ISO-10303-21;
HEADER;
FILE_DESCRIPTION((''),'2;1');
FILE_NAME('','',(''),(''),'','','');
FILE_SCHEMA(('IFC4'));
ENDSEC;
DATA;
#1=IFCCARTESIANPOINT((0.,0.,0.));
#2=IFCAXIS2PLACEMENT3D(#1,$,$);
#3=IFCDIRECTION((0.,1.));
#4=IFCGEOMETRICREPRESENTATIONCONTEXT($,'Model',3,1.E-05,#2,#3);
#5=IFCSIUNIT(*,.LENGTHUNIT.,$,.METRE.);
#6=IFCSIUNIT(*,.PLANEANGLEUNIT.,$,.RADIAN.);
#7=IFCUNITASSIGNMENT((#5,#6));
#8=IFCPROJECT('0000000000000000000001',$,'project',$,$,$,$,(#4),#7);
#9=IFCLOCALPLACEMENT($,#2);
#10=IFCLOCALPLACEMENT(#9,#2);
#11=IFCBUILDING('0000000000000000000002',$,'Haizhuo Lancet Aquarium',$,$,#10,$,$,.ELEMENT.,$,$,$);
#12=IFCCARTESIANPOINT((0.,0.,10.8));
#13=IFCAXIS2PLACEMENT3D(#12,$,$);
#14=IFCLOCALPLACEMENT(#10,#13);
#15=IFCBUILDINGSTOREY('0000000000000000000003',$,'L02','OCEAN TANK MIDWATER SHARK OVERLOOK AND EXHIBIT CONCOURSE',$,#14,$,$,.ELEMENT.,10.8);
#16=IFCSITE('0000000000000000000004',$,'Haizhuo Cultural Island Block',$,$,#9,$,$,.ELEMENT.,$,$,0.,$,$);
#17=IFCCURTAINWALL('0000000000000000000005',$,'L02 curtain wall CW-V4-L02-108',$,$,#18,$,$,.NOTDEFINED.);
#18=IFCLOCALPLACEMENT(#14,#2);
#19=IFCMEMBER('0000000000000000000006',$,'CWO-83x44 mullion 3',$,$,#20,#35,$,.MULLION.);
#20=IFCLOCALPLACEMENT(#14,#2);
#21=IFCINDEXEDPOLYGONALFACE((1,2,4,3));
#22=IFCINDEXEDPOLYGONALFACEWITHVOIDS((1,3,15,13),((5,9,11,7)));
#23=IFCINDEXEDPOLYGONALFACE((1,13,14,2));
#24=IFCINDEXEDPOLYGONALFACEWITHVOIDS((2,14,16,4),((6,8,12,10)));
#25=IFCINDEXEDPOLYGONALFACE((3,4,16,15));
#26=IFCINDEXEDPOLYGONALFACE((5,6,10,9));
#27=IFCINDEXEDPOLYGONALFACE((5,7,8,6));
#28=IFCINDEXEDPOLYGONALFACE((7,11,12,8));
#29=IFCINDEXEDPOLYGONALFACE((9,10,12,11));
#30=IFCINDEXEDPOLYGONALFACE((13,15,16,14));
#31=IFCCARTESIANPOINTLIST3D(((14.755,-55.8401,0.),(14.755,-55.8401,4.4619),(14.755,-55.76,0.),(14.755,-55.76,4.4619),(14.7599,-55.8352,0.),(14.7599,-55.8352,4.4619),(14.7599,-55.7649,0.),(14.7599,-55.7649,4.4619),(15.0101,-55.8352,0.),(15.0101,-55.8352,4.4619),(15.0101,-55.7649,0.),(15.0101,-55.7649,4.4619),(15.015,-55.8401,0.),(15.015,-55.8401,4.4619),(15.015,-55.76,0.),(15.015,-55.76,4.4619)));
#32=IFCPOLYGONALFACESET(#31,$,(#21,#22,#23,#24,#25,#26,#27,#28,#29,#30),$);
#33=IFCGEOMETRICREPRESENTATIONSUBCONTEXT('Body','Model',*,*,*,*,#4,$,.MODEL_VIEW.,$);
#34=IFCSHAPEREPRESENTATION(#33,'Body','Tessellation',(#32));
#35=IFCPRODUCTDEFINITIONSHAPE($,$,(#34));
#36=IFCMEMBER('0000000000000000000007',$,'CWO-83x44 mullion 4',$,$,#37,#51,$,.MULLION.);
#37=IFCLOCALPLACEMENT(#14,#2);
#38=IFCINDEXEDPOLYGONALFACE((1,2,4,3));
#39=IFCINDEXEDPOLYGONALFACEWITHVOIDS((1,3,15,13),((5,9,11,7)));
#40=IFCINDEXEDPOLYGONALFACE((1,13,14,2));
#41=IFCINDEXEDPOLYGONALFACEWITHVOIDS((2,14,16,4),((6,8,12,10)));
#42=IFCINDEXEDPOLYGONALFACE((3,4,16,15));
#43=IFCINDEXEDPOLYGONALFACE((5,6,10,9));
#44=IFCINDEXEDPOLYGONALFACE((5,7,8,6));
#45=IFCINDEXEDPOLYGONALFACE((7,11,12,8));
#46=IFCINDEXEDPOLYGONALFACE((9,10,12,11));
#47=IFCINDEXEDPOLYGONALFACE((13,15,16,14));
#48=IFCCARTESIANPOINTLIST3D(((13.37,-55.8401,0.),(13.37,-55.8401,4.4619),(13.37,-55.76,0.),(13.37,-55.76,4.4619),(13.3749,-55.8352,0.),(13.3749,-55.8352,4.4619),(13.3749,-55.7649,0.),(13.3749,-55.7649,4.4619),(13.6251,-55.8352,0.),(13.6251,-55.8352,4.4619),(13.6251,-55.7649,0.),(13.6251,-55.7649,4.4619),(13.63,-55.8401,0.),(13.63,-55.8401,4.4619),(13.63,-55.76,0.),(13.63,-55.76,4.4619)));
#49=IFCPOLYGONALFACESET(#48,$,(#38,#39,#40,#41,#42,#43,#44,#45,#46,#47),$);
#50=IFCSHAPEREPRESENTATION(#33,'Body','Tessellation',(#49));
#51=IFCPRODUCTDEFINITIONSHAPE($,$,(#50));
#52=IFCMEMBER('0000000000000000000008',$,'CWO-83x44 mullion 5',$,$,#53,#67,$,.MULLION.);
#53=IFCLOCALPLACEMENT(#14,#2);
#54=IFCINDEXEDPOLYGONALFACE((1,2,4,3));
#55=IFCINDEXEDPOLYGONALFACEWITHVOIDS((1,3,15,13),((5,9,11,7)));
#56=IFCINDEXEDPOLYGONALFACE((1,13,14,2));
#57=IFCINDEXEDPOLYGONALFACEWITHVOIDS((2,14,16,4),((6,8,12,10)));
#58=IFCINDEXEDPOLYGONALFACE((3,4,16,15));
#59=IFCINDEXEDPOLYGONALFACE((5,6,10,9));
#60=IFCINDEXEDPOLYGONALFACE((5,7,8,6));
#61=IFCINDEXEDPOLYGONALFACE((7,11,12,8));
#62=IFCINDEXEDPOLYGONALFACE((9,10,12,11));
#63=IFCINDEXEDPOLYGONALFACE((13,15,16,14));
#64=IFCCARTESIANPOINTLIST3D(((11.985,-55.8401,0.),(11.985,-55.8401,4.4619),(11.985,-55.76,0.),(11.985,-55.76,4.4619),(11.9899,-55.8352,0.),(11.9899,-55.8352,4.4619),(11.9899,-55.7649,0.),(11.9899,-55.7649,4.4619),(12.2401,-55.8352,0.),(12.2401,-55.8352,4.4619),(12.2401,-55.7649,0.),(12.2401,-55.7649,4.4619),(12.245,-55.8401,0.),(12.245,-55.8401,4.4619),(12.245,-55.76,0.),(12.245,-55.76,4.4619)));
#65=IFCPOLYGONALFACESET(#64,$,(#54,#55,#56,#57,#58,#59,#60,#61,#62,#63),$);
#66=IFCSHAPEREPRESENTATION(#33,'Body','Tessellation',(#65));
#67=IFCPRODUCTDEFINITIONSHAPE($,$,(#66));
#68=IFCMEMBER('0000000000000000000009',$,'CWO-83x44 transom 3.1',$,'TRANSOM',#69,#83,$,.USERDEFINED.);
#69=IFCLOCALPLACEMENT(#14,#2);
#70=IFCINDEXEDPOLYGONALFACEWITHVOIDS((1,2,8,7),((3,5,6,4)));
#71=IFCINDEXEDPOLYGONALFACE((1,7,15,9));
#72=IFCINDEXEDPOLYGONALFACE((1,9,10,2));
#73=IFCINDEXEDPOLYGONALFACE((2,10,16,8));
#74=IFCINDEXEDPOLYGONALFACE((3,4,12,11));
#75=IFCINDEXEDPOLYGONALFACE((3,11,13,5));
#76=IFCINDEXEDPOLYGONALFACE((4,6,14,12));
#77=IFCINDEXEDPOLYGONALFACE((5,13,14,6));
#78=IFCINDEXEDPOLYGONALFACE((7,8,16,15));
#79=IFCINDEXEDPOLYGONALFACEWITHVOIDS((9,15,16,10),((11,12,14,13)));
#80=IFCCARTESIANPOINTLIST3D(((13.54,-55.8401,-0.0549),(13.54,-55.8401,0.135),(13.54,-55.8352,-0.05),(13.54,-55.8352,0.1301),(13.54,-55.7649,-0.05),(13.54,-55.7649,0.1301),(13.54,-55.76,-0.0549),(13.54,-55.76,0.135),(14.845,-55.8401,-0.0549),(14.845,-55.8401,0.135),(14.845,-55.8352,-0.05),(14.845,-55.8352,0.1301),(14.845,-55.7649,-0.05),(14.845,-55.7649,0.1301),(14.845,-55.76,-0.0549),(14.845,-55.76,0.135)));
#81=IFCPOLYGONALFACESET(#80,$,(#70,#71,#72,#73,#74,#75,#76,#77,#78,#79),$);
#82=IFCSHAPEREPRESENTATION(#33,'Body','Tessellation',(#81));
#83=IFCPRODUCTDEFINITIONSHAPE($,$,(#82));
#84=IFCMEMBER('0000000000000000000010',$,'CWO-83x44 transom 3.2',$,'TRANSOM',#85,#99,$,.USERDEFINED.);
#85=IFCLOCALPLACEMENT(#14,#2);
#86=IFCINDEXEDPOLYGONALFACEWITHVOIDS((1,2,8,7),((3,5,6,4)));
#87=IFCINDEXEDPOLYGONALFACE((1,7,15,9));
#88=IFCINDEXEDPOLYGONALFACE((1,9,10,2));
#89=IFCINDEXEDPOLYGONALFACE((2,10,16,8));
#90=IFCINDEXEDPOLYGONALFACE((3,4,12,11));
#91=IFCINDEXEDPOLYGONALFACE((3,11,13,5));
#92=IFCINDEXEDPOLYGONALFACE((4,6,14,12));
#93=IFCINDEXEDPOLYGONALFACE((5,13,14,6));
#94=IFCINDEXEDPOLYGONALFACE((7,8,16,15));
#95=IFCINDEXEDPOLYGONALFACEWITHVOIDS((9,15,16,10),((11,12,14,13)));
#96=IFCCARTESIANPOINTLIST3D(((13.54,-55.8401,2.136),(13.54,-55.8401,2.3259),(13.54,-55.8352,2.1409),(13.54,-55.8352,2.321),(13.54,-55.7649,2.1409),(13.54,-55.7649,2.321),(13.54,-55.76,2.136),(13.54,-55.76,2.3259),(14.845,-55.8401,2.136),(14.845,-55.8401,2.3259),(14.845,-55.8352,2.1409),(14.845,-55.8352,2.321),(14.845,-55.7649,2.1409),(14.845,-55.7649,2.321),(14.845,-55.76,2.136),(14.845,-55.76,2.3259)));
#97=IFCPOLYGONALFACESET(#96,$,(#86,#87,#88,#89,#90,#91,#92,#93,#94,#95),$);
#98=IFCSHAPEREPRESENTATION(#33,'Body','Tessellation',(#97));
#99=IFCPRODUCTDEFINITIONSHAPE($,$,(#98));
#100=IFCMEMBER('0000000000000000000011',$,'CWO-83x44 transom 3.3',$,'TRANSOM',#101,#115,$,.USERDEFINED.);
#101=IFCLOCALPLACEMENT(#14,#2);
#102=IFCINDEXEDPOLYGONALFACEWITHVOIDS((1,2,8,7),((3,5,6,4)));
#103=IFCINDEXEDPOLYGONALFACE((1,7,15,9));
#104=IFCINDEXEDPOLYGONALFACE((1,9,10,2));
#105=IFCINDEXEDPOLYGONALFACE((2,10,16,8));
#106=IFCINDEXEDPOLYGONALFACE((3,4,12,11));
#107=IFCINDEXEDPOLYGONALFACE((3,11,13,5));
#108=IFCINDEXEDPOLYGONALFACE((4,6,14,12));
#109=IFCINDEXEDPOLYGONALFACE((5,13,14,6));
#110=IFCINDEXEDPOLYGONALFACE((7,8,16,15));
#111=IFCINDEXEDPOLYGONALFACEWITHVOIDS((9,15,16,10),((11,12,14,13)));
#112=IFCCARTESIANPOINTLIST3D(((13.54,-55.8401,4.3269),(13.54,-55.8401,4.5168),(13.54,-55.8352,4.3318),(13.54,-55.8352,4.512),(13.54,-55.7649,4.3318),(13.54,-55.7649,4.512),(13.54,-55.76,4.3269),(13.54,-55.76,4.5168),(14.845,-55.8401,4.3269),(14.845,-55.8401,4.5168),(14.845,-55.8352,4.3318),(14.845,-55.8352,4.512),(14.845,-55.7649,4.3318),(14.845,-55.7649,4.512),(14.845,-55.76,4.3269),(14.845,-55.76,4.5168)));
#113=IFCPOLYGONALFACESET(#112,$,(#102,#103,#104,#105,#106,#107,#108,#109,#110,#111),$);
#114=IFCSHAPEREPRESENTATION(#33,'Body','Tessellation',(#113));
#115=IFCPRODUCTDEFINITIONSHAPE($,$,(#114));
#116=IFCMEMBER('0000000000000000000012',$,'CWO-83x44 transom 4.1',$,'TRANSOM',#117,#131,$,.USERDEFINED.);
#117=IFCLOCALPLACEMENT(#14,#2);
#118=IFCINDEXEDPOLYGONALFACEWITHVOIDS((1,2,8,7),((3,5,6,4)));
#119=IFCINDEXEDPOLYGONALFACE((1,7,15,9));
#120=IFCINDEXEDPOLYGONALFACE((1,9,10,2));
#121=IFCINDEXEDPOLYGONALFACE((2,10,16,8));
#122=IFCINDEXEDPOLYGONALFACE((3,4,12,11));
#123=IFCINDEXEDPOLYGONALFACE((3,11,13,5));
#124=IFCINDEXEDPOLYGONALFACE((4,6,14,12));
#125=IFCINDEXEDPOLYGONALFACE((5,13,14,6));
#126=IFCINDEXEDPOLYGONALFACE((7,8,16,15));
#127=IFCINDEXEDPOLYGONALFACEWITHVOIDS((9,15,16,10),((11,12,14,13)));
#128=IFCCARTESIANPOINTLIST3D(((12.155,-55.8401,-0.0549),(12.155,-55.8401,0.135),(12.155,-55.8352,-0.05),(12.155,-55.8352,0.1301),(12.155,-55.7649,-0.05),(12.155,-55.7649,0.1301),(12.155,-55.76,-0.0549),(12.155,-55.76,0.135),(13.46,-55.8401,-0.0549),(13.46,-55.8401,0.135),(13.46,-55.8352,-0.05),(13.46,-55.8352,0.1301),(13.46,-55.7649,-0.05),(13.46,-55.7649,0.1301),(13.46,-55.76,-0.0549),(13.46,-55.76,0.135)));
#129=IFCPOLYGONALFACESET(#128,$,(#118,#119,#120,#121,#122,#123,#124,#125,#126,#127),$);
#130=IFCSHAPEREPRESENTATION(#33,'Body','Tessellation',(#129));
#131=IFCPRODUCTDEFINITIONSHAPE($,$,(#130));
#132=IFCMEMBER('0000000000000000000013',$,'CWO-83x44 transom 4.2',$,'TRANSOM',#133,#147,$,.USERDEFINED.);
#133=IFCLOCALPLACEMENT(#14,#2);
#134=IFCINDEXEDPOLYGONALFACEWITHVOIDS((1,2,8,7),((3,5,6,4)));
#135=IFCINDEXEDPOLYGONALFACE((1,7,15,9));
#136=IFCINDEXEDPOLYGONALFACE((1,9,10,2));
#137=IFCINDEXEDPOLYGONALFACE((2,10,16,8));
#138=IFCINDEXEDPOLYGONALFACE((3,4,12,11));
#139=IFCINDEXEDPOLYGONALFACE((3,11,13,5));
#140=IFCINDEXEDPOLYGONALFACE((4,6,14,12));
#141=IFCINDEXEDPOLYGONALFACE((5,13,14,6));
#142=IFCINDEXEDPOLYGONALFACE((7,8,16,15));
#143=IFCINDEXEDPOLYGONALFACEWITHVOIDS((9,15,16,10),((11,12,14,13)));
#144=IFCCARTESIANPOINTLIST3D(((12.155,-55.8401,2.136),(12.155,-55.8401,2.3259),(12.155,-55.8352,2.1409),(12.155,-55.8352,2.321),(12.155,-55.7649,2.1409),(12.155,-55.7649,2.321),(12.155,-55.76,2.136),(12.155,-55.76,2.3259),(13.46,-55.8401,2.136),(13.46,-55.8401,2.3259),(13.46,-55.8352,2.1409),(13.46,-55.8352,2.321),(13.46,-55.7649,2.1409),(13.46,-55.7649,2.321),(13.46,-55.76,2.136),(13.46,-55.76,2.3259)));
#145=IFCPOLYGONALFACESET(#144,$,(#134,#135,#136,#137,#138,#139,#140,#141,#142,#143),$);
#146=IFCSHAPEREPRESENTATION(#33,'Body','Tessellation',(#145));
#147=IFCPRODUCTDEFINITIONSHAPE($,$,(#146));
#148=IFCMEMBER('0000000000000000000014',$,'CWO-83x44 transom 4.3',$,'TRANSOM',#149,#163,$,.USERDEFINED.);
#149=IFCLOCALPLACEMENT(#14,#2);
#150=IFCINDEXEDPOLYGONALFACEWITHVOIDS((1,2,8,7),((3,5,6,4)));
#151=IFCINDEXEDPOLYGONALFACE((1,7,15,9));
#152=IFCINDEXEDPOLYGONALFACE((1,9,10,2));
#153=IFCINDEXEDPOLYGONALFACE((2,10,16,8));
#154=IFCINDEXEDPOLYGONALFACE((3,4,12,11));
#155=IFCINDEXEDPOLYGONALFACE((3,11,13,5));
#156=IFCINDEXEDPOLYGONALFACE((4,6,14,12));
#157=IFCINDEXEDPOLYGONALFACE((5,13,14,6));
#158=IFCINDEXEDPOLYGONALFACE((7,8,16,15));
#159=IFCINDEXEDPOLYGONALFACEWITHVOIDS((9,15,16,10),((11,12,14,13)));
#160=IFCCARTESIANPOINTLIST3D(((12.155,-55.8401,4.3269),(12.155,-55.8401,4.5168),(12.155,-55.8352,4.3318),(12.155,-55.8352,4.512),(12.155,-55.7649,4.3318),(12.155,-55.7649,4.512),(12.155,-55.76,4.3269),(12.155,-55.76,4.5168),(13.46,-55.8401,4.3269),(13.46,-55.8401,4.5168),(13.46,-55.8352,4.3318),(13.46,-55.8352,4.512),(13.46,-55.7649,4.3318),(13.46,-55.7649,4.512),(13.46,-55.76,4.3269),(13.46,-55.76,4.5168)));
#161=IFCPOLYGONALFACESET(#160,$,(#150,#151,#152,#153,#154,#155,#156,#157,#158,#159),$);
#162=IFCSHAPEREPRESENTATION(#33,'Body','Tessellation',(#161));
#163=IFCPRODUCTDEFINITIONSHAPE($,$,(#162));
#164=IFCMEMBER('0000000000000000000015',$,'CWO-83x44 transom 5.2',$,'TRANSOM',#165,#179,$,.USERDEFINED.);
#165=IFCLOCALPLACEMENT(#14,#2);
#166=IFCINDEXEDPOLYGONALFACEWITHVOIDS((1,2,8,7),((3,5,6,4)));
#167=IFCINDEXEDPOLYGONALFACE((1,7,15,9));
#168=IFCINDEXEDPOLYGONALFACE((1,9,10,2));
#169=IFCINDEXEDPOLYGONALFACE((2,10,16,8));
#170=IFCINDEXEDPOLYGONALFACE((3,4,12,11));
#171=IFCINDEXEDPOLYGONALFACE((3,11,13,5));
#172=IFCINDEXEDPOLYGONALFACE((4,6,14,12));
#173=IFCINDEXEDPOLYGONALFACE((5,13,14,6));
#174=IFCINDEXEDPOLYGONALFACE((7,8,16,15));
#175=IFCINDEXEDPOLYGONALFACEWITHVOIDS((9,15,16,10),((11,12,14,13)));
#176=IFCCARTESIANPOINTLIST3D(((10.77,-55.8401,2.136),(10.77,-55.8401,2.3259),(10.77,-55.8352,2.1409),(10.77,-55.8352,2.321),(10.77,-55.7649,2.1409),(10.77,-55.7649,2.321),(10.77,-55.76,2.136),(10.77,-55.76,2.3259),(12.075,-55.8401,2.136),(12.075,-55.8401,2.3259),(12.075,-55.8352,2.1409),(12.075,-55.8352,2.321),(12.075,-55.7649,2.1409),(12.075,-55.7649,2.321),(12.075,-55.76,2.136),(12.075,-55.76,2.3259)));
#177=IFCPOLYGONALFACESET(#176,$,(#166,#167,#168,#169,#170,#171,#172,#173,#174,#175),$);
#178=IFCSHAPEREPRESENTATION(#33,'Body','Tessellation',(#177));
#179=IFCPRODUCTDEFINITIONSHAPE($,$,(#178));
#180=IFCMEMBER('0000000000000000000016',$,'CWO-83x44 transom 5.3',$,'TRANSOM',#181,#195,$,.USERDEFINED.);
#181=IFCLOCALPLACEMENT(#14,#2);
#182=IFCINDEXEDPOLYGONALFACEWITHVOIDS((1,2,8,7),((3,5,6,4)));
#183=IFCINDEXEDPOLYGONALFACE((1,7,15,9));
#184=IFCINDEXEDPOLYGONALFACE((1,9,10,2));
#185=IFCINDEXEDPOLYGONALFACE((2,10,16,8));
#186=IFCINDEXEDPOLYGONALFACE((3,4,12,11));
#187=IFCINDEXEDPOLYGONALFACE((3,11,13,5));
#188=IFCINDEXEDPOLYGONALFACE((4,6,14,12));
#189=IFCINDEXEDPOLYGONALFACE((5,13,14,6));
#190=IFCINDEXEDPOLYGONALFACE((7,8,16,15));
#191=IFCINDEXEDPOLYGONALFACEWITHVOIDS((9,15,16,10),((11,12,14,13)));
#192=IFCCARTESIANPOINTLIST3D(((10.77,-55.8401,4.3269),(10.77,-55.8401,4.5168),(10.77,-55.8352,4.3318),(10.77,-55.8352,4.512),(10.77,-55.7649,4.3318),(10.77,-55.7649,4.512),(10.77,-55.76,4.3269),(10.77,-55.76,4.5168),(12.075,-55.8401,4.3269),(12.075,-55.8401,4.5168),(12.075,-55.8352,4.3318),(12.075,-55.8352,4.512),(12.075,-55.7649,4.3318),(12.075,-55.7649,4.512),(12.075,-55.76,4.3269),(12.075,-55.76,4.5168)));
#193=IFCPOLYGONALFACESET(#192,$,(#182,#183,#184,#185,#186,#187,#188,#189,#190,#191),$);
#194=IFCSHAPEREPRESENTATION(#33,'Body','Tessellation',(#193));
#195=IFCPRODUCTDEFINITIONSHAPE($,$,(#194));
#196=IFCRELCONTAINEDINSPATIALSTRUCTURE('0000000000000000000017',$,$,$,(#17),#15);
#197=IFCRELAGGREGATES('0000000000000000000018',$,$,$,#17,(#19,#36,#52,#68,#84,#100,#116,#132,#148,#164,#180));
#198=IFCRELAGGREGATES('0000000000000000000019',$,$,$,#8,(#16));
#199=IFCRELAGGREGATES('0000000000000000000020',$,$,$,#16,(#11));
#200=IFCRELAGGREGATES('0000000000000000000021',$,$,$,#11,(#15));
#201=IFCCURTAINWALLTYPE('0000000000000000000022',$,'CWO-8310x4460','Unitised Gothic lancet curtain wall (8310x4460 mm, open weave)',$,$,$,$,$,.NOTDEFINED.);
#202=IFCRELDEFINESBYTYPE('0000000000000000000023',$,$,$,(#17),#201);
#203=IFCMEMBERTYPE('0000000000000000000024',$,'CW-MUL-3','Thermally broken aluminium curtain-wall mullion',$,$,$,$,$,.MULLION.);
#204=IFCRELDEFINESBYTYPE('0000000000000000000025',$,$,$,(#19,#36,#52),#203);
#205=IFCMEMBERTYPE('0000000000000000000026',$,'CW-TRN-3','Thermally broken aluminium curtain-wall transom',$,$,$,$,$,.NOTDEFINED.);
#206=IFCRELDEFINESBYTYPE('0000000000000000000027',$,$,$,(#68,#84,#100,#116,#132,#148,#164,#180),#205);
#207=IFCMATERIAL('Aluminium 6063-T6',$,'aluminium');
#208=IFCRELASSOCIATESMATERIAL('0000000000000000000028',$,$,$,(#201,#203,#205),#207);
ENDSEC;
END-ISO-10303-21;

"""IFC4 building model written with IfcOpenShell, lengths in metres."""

from ifc_helpers import new_model, si_unit, direction, frame, origin, origin_2d, place, context, subcontext, project, spatial, hollow_rectangle, extrude, material, material_profile, profile_set, type_object, element, aggregate, save


model = new_model("IFC4")

# Units and contexts
model_context = context("Model", 3, precision=1e-05, world=origin(), true_north=direction((0.0, 1.0)))
body_context = subcontext(model_context, "Body", "Model", "MODEL_VIEW")
ifc_project = project(units=[si_unit("LENGTHUNIT", "METRE"), si_unit("PLANEANGLEUNIT", "RADIAN")], contexts=[model_context])

# Site, building, storey
site_placement = place(None, origin())
site = spatial("IfcSite", under=ifc_project, at=site_placement, Name="Haizhuo Cultural Island Block", CompositionType="ELEMENT", RefElevation=0.0)
building_placement = place(site_placement, origin())
building = spatial("IfcBuilding", under=site, at=building_placement, Name="Haizhuo Lancet Aquarium", CompositionType="ELEMENT")
storey_placement = place(building_placement, frame((0.0, 0.0, 10.8)))
storey = spatial("IfcBuildingStorey", under=building, at=storey_placement, Name="L02", Description="OCEAN TANK MIDWATER SHARK OVERLOOK AND EXHIBIT CONCOURSE", CompositionType="ELEMENT", Elevation=10.8)

# Curtain wall, members
ifc_material_1 = material(Name="Aluminium 6063-T6", Category="aluminium")
curtain_wall_type = type_object("IfcCurtainWallType", Name="CWO-8310x4460", Description="Unitised Gothic lancet curtain wall (8310x4460 mm, open weave)", PredefinedType="NOTDEFINED", material=ifc_material_1)
curtain_wall_placement = place(storey_placement, origin())
curtain_wall = element("IfcCurtainWall", 1, at=curtain_wall_placement, inside=storey, type_object=curtain_wall_type, Name="L02 curtain wall CW-V4-L02-108", PredefinedType="NOTDEFINED")
ifc_material_profile_1 = material_profile(ifc_material_1, hollow_rectangle(XDim=0.0801, YDim=0.26, WallThickness=0.0049, at=origin_2d()), Name="ALU-M 80x260x5")
ifc_profile_set_1 = profile_set([ifc_material_profile_1], Name="Aluminium 6063-T6")
member_type_1 = type_object("IfcMemberType", Name="CW-MUL-3", Description="Thermally broken aluminium curtain-wall mullion", PredefinedType="MULLION", material=ifc_profile_set_1)
member_1_placement = place(storey_placement, frame((14.885, -55.8, 0.0), z_axis=(0.0, 0.0, 1.0), x_axis=(0.0, -1.0, 0.0)))
member_1 = element("IfcMember", 2, at=member_1_placement, type_object=member_type_1, Name="CWO-83x44 mullion 3", PredefinedType="MULLION", context=body_context, shape_type="SweptSolid", body=[
    extrude(hollow_rectangle(XDim=0.0801, YDim=0.26, WallThickness=0.0049, at=origin_2d()), origin(), (0.0, 0.0, 1.0), 4.4619),
])
member_2_placement = place(storey_placement, frame((13.5, -55.8, 0.0), z_axis=(0.0, 0.0, 1.0), x_axis=(0.0, -1.0, 0.0)))
member_2 = element("IfcMember", 3, at=member_2_placement, type_object=member_type_1, Name="CWO-83x44 mullion 4", PredefinedType="MULLION", context=body_context, shape_type="SweptSolid", body=[
    extrude(hollow_rectangle(XDim=0.0801, YDim=0.26, WallThickness=0.0049, at=origin_2d()), origin(), (0.0, 0.0, 1.0), 4.4619),
])
member_3_placement = place(storey_placement, frame((12.115, -55.8, 0.0), z_axis=(0.0, 0.0, 1.0), x_axis=(0.0, -1.0, 0.0)))
member_3 = element("IfcMember", 4, at=member_3_placement, type_object=member_type_1, Name="CWO-83x44 mullion 5", PredefinedType="MULLION", context=body_context, shape_type="SweptSolid", body=[
    extrude(hollow_rectangle(XDim=0.0801, YDim=0.26, WallThickness=0.0049, at=origin_2d()), origin(), (0.0, 0.0, 1.0), 4.4619),
])
ifc_material_profile_2 = material_profile(ifc_material_1, hollow_rectangle(XDim=0.0801, YDim=0.1899, WallThickness=0.0049, at=origin_2d()), Name="ALU-T 80x190x5")
ifc_profile_set_2 = profile_set([ifc_material_profile_2], Name="Aluminium 6063-T6")
member_type_2 = type_object("IfcMemberType", Name="CW-TRN-3", Description="Thermally broken aluminium curtain-wall transom", PredefinedType="NOTDEFINED", material=ifc_profile_set_2)
member_4_placement = place(storey_placement, frame((14.845, -55.8, 0.04), z_axis=(-1.0, 0.0, 0.0), x_axis=(0.0, -1.0, 0.0)))
member_4 = element("IfcMember", 5, at=member_4_placement, type_object=member_type_2, Name="CWO-83x44 transom 3.1", ObjectType="TRANSOM", PredefinedType="USERDEFINED", context=body_context, shape_type="SweptSolid", body=[
    extrude(hollow_rectangle(XDim=0.0801, YDim=0.1899, WallThickness=0.0049, at=origin_2d()), origin(), (0.0, 0.0, 1.0), 1.3049),
])
member_5_placement = place(storey_placement, frame((14.845, -55.8, 2.231), z_axis=(-1.0, 0.0, 0.0), x_axis=(0.0, -1.0, 0.0)))
member_5 = element("IfcMember", 6, at=member_5_placement, type_object=member_type_2, Name="CWO-83x44 transom 3.2", ObjectType="TRANSOM", PredefinedType="USERDEFINED", context=body_context, shape_type="SweptSolid", body=[
    extrude(hollow_rectangle(XDim=0.0801, YDim=0.1899, WallThickness=0.0049, at=origin_2d()), origin(), (0.0, 0.0, 1.0), 1.3049),
])
member_6_placement = place(storey_placement, frame((14.845, -55.8, 4.4219), z_axis=(-1.0, 0.0, 0.0), x_axis=(0.0, -1.0, 0.0)))
member_6 = element("IfcMember", 7, at=member_6_placement, type_object=member_type_2, Name="CWO-83x44 transom 3.3", ObjectType="TRANSOM", PredefinedType="USERDEFINED", context=body_context, shape_type="SweptSolid", body=[
    extrude(hollow_rectangle(XDim=0.0801, YDim=0.1899, WallThickness=0.0049, at=origin_2d()), origin(), (0.0, 0.0, 1.0), 1.3049),
])
member_7_placement = place(storey_placement, frame((13.46, -55.8, 0.04), z_axis=(-1.0, 0.0, 0.0), x_axis=(0.0, -1.0, 0.0)))
member_7 = element("IfcMember", 8, at=member_7_placement, type_object=member_type_2, Name="CWO-83x44 transom 4.1", ObjectType="TRANSOM", PredefinedType="USERDEFINED", context=body_context, shape_type="SweptSolid", body=[
    extrude(hollow_rectangle(XDim=0.0801, YDim=0.1899, WallThickness=0.0049, at=origin_2d()), origin(), (0.0, 0.0, 1.0), 1.3049),
])
member_8_placement = place(storey_placement, frame((13.46, -55.8, 2.231), z_axis=(-1.0, 0.0, 0.0), x_axis=(0.0, -1.0, 0.0)))
member_8 = element("IfcMember", 9, at=member_8_placement, type_object=member_type_2, Name="CWO-83x44 transom 4.2", ObjectType="TRANSOM", PredefinedType="USERDEFINED", context=body_context, shape_type="SweptSolid", body=[
    extrude(hollow_rectangle(XDim=0.0801, YDim=0.1899, WallThickness=0.0049, at=origin_2d()), origin(), (0.0, 0.0, 1.0), 1.3049),
])
member_9_placement = place(storey_placement, frame((13.46, -55.8, 4.4219), z_axis=(-1.0, 0.0, 0.0), x_axis=(0.0, -1.0, 0.0)))
member_9 = element("IfcMember", 10, at=member_9_placement, type_object=member_type_2, Name="CWO-83x44 transom 4.3", ObjectType="TRANSOM", PredefinedType="USERDEFINED", context=body_context, shape_type="SweptSolid", body=[
    extrude(hollow_rectangle(XDim=0.0801, YDim=0.1899, WallThickness=0.0049, at=origin_2d()), origin(), (0.0, 0.0, 1.0), 1.3049),
])
member_10_placement = place(storey_placement, frame((12.075, -55.8, 2.231), z_axis=(-1.0, 0.0, 0.0), x_axis=(0.0, -1.0, 0.0)))
member_10 = element("IfcMember", 11, at=member_10_placement, type_object=member_type_2, Name="CWO-83x44 transom 5.2", ObjectType="TRANSOM", PredefinedType="USERDEFINED", context=body_context, shape_type="SweptSolid", body=[
    extrude(hollow_rectangle(XDim=0.0801, YDim=0.1899, WallThickness=0.0049, at=origin_2d()), origin(), (0.0, 0.0, 1.0), 1.3049),
])
member_11_placement = place(storey_placement, frame((12.075, -55.8, 4.4219), z_axis=(-1.0, 0.0, 0.0), x_axis=(0.0, -1.0, 0.0)))
member_11 = element("IfcMember", 12, at=member_11_placement, type_object=member_type_2, Name="CWO-83x44 transom 5.3", ObjectType="TRANSOM", PredefinedType="USERDEFINED", context=body_context, shape_type="SweptSolid", body=[
    extrude(hollow_rectangle(XDim=0.0801, YDim=0.1899, WallThickness=0.0049, at=origin_2d()), origin(), (0.0, 0.0, 1.0), 1.3049),
])

aggregate(curtain_wall, [member_1, member_2, member_3, member_4, member_5, member_6, member_7, member_8, member_9, member_10, member_11])

save(model, "model.ifc")
